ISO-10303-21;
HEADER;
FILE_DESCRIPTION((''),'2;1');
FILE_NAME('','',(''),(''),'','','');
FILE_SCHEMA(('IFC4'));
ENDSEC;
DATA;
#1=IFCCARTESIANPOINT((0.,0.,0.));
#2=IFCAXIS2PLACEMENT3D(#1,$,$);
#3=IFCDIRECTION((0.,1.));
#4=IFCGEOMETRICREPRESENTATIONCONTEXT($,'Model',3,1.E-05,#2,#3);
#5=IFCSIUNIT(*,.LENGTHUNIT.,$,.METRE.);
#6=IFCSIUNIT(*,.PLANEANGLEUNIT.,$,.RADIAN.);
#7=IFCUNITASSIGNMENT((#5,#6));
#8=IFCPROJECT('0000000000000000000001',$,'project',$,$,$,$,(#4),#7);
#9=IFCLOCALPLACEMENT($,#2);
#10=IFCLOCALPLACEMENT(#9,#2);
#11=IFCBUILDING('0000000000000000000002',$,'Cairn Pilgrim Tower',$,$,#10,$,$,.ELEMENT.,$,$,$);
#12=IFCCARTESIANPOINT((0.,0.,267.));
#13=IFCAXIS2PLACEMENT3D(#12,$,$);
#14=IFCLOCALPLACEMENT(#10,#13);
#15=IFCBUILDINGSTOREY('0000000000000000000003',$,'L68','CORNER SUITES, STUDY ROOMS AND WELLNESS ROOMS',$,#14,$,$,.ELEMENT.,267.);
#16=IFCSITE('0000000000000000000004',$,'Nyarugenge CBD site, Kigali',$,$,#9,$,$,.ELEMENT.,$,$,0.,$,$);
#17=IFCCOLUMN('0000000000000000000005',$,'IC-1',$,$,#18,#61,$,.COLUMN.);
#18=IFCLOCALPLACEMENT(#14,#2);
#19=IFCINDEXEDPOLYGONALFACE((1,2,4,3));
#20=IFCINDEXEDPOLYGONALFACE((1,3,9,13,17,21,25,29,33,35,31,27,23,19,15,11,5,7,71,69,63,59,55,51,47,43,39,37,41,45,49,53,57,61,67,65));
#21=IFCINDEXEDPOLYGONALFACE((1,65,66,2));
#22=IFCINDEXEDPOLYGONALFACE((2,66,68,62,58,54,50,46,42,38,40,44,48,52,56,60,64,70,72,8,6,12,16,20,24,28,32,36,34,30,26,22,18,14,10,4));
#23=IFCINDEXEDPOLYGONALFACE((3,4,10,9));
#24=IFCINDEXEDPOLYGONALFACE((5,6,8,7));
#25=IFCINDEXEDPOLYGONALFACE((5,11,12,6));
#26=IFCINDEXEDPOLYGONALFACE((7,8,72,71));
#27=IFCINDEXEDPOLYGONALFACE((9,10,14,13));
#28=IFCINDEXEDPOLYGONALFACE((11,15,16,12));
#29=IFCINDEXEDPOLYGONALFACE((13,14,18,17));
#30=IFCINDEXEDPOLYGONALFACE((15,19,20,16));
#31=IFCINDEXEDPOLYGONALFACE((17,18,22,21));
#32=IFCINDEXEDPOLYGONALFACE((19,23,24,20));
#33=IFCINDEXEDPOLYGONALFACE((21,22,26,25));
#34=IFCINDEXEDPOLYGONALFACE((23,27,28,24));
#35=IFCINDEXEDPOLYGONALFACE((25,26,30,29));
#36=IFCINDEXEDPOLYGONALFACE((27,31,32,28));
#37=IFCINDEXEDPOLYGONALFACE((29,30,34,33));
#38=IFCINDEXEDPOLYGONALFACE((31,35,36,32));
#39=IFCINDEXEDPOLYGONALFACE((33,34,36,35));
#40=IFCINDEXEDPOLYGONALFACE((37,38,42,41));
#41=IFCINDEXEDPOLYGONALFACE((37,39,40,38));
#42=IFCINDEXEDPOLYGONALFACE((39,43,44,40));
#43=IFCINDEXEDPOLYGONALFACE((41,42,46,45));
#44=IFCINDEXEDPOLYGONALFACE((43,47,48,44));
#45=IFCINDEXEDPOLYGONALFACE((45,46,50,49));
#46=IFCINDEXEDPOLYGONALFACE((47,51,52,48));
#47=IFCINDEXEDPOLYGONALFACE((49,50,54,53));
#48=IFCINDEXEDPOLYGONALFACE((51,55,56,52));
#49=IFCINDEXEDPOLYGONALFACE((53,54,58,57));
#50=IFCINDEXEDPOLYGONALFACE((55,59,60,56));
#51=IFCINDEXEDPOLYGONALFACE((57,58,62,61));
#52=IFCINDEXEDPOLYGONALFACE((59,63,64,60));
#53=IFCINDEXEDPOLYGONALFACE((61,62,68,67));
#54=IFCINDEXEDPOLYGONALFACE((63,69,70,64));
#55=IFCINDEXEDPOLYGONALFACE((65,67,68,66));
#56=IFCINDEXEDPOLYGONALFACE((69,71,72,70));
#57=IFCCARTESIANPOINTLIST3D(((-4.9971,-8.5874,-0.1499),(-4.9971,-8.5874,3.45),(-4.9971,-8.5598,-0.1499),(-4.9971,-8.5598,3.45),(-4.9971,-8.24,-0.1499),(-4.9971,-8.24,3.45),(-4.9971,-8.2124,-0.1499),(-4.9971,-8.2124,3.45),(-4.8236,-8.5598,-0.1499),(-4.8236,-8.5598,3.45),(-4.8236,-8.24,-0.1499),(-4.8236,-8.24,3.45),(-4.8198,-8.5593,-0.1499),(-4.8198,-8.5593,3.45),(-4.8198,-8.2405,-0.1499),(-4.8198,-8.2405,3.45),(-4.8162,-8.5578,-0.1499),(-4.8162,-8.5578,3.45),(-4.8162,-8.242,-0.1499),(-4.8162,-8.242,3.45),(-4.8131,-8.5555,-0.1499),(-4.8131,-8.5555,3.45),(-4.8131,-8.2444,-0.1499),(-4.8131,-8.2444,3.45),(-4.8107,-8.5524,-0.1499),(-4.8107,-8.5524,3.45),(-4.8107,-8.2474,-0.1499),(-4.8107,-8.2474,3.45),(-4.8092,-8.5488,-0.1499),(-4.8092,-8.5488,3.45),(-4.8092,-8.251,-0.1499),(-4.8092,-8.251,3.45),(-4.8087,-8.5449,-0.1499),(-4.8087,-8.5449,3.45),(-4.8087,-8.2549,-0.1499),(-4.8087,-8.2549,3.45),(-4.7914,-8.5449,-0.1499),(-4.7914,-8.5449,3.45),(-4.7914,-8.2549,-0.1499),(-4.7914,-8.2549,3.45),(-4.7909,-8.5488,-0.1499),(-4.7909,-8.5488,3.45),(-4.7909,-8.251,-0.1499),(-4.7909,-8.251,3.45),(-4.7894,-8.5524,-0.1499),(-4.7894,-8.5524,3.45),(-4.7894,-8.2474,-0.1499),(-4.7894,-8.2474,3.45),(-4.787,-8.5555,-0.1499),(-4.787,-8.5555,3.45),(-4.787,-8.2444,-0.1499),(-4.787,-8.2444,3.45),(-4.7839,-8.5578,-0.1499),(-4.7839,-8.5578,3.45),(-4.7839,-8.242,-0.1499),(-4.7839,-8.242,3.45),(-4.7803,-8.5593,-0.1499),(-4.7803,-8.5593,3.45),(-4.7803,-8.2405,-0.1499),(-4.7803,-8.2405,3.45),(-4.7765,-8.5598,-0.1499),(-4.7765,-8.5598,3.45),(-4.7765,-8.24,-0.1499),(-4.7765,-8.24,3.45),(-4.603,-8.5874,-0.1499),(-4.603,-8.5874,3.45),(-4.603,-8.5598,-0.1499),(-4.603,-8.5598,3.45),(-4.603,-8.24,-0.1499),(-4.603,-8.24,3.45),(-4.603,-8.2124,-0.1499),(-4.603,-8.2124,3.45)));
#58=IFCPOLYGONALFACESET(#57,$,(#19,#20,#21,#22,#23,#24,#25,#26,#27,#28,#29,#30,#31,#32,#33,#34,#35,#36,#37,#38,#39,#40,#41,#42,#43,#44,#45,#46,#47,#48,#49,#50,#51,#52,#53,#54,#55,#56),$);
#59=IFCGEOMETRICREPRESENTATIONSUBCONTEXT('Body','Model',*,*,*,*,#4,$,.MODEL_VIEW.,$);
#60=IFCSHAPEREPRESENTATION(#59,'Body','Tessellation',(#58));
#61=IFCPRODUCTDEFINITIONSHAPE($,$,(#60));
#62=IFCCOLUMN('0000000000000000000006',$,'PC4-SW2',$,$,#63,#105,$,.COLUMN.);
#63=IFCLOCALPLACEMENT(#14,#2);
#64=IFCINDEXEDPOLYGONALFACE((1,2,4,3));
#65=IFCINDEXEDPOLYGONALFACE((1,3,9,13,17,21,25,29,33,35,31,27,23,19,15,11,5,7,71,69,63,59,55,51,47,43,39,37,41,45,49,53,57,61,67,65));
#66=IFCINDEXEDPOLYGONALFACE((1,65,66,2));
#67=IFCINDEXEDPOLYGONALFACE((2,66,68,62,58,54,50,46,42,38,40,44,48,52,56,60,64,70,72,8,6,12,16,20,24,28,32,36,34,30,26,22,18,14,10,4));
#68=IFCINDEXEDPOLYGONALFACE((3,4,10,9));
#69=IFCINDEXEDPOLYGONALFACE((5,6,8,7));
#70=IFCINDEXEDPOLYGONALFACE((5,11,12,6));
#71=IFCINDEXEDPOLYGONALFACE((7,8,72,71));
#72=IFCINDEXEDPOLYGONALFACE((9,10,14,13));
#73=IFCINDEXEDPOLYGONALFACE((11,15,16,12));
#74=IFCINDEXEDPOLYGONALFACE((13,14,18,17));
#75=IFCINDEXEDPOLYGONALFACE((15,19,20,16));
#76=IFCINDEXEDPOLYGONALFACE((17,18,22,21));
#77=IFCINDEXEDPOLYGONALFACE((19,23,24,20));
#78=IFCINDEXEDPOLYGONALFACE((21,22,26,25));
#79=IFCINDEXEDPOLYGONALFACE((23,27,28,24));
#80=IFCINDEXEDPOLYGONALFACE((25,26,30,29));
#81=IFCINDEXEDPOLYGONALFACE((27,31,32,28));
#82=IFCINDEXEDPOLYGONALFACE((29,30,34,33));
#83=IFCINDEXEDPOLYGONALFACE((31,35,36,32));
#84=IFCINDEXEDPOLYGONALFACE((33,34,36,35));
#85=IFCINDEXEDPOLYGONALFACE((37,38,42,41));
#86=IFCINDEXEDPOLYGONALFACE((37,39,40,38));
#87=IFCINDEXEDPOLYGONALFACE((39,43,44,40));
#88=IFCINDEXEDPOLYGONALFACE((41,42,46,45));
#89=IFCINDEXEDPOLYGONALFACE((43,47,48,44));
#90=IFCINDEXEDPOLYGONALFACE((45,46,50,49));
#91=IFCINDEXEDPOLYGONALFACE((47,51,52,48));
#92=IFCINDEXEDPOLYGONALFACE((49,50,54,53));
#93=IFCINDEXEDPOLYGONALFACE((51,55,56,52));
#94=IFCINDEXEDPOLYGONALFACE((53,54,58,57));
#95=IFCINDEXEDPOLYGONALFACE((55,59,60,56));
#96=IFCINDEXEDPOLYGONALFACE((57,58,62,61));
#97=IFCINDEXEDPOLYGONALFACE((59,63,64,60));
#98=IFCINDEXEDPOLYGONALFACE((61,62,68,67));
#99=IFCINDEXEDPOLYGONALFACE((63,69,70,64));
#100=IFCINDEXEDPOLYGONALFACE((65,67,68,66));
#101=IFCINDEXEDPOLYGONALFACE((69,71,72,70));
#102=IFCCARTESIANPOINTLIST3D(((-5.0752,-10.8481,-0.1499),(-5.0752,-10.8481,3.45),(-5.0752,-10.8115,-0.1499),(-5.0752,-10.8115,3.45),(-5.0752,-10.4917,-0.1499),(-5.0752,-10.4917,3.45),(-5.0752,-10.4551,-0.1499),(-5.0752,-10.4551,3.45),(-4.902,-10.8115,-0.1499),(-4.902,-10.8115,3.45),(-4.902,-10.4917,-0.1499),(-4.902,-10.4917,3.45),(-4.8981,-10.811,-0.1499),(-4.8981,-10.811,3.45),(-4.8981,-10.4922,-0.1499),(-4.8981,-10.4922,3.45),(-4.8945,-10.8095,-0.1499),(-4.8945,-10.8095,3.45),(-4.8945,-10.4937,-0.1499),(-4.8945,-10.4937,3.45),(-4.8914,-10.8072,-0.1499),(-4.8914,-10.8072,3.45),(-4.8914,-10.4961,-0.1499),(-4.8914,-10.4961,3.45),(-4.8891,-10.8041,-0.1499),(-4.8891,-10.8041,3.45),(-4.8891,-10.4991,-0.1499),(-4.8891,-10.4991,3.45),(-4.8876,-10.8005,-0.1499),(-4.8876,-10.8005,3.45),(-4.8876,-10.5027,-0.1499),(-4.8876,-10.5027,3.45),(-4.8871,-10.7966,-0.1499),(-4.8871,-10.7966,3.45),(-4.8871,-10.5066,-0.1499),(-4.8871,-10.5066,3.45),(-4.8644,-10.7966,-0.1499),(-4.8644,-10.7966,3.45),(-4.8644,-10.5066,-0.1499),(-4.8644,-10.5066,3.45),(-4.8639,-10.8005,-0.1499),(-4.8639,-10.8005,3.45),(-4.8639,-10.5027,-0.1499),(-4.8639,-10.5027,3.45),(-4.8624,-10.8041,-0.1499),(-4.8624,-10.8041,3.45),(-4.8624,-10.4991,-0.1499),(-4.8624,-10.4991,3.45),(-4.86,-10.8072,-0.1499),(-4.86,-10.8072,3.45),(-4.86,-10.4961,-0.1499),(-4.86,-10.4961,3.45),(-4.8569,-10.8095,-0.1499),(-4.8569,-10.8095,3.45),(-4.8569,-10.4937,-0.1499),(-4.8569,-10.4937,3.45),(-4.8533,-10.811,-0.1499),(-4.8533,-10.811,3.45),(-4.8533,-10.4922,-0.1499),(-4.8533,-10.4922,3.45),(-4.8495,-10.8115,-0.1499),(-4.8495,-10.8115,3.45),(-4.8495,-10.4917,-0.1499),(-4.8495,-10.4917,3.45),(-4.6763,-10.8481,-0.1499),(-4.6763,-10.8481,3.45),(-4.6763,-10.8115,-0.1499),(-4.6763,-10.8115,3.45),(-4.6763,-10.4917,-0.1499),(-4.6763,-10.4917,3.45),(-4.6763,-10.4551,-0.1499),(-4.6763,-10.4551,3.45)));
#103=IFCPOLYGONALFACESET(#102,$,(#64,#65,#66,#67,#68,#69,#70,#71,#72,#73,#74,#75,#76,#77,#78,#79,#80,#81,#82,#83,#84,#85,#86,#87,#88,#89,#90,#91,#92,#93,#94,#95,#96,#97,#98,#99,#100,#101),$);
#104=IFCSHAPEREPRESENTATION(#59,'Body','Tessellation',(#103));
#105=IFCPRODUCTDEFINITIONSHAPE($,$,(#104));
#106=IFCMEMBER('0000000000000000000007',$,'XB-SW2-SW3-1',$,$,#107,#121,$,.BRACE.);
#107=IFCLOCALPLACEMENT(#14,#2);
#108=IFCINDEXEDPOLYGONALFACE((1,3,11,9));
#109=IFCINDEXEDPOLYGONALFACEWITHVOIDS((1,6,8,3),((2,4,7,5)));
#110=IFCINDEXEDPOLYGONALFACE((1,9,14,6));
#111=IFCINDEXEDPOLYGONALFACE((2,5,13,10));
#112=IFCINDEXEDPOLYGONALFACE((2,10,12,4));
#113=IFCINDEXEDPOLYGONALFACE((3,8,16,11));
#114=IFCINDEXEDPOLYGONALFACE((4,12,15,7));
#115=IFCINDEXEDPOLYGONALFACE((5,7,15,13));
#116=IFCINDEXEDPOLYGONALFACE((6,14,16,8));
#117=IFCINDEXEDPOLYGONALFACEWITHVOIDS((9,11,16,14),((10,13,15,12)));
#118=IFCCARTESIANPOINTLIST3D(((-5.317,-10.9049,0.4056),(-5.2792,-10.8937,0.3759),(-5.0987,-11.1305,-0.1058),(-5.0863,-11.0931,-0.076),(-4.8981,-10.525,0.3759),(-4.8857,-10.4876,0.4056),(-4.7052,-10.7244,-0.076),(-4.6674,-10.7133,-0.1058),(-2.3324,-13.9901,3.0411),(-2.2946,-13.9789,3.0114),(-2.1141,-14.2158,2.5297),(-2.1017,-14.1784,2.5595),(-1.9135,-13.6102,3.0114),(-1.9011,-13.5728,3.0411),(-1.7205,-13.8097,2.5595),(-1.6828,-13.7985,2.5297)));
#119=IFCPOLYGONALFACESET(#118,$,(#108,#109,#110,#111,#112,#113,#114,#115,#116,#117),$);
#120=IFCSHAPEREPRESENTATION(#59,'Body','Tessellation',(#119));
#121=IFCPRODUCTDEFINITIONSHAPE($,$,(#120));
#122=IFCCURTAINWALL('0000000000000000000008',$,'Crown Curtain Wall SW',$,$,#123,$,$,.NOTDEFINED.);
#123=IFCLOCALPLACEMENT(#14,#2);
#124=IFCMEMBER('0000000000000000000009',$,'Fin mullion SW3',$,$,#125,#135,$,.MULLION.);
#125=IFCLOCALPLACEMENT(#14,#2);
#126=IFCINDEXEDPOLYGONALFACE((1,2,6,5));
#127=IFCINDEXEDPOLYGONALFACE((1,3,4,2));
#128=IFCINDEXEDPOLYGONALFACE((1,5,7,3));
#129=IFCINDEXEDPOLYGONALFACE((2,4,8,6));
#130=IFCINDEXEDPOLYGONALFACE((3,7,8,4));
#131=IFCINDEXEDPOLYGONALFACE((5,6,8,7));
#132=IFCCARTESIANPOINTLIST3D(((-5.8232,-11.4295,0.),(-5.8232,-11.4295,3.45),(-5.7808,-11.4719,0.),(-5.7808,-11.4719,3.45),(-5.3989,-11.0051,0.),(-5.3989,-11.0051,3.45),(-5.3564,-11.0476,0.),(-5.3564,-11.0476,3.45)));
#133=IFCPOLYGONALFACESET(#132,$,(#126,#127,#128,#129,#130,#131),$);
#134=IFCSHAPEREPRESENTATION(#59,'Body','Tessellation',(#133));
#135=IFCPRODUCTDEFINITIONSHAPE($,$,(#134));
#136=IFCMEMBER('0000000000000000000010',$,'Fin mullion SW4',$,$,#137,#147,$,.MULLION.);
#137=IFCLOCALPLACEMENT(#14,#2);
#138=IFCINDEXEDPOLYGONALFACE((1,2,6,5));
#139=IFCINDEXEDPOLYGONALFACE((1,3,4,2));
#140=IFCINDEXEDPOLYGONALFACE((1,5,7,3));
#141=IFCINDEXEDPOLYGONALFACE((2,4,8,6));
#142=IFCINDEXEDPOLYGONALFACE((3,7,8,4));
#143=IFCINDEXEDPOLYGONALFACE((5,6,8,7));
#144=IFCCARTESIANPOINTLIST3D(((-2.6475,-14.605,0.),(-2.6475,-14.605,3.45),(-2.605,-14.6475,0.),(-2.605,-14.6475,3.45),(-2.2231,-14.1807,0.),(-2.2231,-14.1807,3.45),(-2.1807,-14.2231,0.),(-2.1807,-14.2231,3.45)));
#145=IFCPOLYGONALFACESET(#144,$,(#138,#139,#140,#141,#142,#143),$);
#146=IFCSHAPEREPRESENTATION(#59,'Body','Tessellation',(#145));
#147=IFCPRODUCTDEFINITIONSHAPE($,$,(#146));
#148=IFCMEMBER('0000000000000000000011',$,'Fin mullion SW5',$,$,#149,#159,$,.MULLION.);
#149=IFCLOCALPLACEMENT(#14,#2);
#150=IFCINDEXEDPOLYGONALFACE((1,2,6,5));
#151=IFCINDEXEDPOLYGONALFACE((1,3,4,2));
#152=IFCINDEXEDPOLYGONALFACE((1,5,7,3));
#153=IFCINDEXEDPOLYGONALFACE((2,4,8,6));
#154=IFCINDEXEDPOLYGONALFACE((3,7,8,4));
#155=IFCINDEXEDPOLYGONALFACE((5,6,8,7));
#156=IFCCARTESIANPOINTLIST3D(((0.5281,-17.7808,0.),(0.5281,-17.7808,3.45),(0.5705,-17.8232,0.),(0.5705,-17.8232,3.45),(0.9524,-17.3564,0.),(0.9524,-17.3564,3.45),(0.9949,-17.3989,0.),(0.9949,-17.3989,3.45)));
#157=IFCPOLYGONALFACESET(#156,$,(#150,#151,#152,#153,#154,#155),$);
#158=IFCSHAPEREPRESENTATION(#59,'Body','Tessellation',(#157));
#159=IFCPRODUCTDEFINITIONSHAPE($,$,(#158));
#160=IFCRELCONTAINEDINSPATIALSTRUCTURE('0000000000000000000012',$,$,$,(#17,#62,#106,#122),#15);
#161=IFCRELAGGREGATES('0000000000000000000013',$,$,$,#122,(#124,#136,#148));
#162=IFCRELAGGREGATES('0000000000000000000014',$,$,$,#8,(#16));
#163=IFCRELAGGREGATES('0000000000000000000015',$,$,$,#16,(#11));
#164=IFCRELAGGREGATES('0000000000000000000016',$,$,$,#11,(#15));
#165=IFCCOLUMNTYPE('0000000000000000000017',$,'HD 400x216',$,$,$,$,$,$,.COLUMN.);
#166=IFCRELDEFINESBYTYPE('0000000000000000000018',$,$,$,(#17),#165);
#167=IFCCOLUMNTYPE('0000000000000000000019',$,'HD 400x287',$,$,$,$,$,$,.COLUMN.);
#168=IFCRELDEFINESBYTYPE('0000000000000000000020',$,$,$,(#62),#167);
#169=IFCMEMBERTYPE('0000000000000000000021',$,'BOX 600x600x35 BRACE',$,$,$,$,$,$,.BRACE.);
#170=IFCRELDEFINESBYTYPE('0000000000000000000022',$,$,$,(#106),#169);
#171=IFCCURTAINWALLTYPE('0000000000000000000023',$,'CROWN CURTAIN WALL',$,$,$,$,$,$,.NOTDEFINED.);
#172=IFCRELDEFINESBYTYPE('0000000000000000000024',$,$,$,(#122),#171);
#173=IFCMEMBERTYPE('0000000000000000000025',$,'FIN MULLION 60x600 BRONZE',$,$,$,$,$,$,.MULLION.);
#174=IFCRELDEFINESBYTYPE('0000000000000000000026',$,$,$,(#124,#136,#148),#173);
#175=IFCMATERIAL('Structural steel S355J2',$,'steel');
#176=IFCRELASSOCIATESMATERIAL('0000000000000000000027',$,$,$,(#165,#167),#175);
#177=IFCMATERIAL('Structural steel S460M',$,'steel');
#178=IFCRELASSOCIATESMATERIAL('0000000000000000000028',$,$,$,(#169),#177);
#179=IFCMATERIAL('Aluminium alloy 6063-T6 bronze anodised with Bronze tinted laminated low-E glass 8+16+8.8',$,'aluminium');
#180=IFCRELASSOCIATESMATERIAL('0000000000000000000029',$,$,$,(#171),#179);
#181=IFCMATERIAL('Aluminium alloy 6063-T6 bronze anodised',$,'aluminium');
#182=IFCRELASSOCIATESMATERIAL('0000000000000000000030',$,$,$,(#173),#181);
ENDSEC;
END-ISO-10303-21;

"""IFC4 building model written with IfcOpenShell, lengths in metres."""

from ifc_helpers import new_model, si_unit, direction, frame, origin, origin_2d, place, context, subcontext, project, spatial, rectangle, hollow_rectangle, i_section, extrude, material, material_profile, profile_set, type_object, element, aggregate, save


model = new_model("IFC4")

# Units and contexts
model_context = context("Model", 3, precision=1e-05, world=origin(), true_north=direction((0.0, 1.0)))
body_context = subcontext(model_context, "Body", "Model", "MODEL_VIEW")
ifc_project = project(units=[si_unit("LENGTHUNIT", "METRE"), si_unit("PLANEANGLEUNIT", "RADIAN")], contexts=[model_context])

# Site, building, storey
site_placement = place(None, origin())
site = spatial("IfcSite", under=ifc_project, at=site_placement, Name="Nyarugenge CBD site, Kigali", CompositionType="ELEMENT", RefElevation=0.0)
building_placement = place(site_placement, origin())
building = spatial("IfcBuilding", under=site, at=building_placement, Name="Cairn Pilgrim Tower", CompositionType="ELEMENT")
storey_placement = place(building_placement, frame((0.0, 0.0, 267.0)))
storey = spatial("IfcBuildingStorey", under=building, at=storey_placement, Name="L68", Description="CORNER SUITES, STUDY ROOMS AND WELLNESS ROOMS", CompositionType="ELEMENT", Elevation=267.0)

# Columns
ifc_material_1 = material(Name="Structural steel S355J2", Category="steel")
ifc_material_profile_1 = material_profile(ifc_material_1, i_section(OverallWidth=0.394, OverallDepth=0.375, WebThickness=0.0173, FlangeThickness=0.0276, FilletRadius=0.0149, at=origin_2d()), Name="HD 400x216")
ifc_profile_set_1 = profile_set([ifc_material_profile_1], Name="Structural steel S355J2")
column_type_1 = type_object("IfcColumnType", Name="HD 400x216", PredefinedType="COLUMN", material=ifc_profile_set_1)
column_1_placement = place(storey_placement, frame((-4.8, -8.3999, -0.1499), z_axis=(0.0, 0.0, 1.0), x_axis=(1.0, 0.0, 0.0)))
element("IfcColumn", 1, at=column_1_placement, inside=storey, type_object=column_type_1, Name="IC-1", PredefinedType="COLUMN", context=body_context, shape_type="SweptSolid", body=[
    extrude(i_section(OverallWidth=0.394, OverallDepth=0.375, WebThickness=0.0173, FlangeThickness=0.0276, FilletRadius=0.0149, at=origin_2d()), origin(), (0.0, 0.0, 1.0), 3.5999),
])
ifc_material_profile_2 = material_profile(ifc_material_1, i_section(OverallWidth=0.3989, OverallDepth=0.3931, WebThickness=0.0227, FlangeThickness=0.0366, FilletRadius=0.0149, at=origin_2d()), Name="HD 400x287")
ifc_profile_set_2 = profile_set([ifc_material_profile_2], Name="Structural steel S355J2")
column_type_2 = type_object("IfcColumnType", Name="HD 400x287", PredefinedType="COLUMN", material=ifc_profile_set_2)
column_2_placement = place(storey_placement, frame((-4.8757, -10.6516, -0.1499), z_axis=(0.0, 0.0, 1.0), x_axis=(1.0, 0.0, 0.0)))
element("IfcColumn", 2, at=column_2_placement, inside=storey, type_object=column_type_2, Name="PC4-SW2", PredefinedType="COLUMN", context=body_context, shape_type="SweptSolid", body=[
    extrude(i_section(OverallWidth=0.3989, OverallDepth=0.3931, WebThickness=0.0227, FlangeThickness=0.0366, FilletRadius=0.0149, at=origin_2d()), origin(), (0.0, 0.0, 1.0), 3.5999),
])

# Member
ifc_material_2 = material(Name="Structural steel S460M", Category="steel")
ifc_material_profile_3 = material_profile(ifc_material_2, hollow_rectangle(XDim=0.6001, YDim=0.6001, WallThickness=0.0349, at=origin_2d()), Name="BOX 600x600x35")
ifc_profile_set_3 = profile_set([ifc_material_profile_3], Name="Structural steel S460M")
member_type_1 = type_object("IfcMemberType", Name="BOX 600x600x35 BRACE", PredefinedType="BRACE", material=ifc_profile_set_3)
member_1_placement = place(storey_placement, frame((-4.9922, -10.8091, 0.1499), z_axis=(0.592528, -0.612497, 0.523218), x_axis=(0.718726, 0.695294, 0.0)))
element("IfcMember", 3, at=member_1_placement, inside=storey, type_object=member_type_1, Name="XB-SW2-SW3-1", PredefinedType="BRACE", context=body_context, shape_type="SweptSolid", body=[
    extrude(hollow_rectangle(XDim=0.6001, YDim=0.6001, WallThickness=0.0349, at=origin_2d()), origin(), (0.0, 0.0, 1.0), 5.0371),
])

# Curtain wall, members
ifc_material_3 = material(Name="Aluminium alloy 6063-T6 bronze anodised with Bronze tinted laminated low-E glass 8+16+8.8", Category="aluminium")
curtain_wall_type = type_object("IfcCurtainWallType", Name="CROWN CURTAIN WALL", PredefinedType="NOTDEFINED", material=ifc_material_3)
curtain_wall_placement = place(storey_placement, origin())
curtain_wall = element("IfcCurtainWall", 4, at=curtain_wall_placement, inside=storey, type_object=curtain_wall_type, Name="Crown Curtain Wall SW", PredefinedType="NOTDEFINED")
ifc_material_4 = material(Name="Aluminium alloy 6063-T6 bronze anodised", Category="aluminium")
ifc_material_profile_4 = material_profile(ifc_material_4, rectangle(XDim=0.6001, YDim=0.0601, at=origin_2d()), Name="FIN MULLION 60x600 BRONZE")
ifc_profile_set_4 = profile_set([ifc_material_profile_4], Name="Aluminium alloy 6063-T6 bronze anodised")
member_type_2 = type_object("IfcMemberType", Name="FIN MULLION 60x600 BRONZE", PredefinedType="MULLION", material=ifc_profile_set_4)
member_2_placement = place(storey_placement, frame((-5.5898, -11.2385, 0.0), z_axis=(0.0, 0.0, 1.0), x_axis=(-0.707107, -0.707107, 0.0)))
member_2 = element("IfcMember", 5, at=member_2_placement, type_object=member_type_2, Name="Fin mullion SW3", PredefinedType="MULLION", context=body_context, shape_type="SweptSolid", body=[
    extrude(rectangle(XDim=0.6001, YDim=0.0601, at=origin_2d()), origin(), (0.0, 0.0, 1.0), 3.45),
])
member_3_placement = place(storey_placement, frame((-2.4141, -14.4141, 0.0), z_axis=(0.0, 0.0, 1.0), x_axis=(-0.707107, -0.707107, 0.0)))
member_3 = element("IfcMember", 6, at=member_3_placement, type_object=member_type_2, Name="Fin mullion SW4", PredefinedType="MULLION", context=body_context, shape_type="SweptSolid", body=[
    extrude(rectangle(XDim=0.6001, YDim=0.0601, at=origin_2d()), origin(), (0.0, 0.0, 1.0), 3.45),
])
member_4_placement = place(storey_placement, frame((0.7615, -17.5898, 0.0), z_axis=(0.0, 0.0, 1.0), x_axis=(-0.707107, -0.707107, 0.0)))
member_4 = element("IfcMember", 7, at=member_4_placement, type_object=member_type_2, Name="Fin mullion SW5", PredefinedType="MULLION", context=body_context, shape_type="SweptSolid", body=[
    extrude(rectangle(XDim=0.6001, YDim=0.0601, at=origin_2d()), origin(), (0.0, 0.0, 1.0), 3.45),
])

aggregate(curtain_wall, [member_2, member_3, member_4])

save(model, "model.ifc")
